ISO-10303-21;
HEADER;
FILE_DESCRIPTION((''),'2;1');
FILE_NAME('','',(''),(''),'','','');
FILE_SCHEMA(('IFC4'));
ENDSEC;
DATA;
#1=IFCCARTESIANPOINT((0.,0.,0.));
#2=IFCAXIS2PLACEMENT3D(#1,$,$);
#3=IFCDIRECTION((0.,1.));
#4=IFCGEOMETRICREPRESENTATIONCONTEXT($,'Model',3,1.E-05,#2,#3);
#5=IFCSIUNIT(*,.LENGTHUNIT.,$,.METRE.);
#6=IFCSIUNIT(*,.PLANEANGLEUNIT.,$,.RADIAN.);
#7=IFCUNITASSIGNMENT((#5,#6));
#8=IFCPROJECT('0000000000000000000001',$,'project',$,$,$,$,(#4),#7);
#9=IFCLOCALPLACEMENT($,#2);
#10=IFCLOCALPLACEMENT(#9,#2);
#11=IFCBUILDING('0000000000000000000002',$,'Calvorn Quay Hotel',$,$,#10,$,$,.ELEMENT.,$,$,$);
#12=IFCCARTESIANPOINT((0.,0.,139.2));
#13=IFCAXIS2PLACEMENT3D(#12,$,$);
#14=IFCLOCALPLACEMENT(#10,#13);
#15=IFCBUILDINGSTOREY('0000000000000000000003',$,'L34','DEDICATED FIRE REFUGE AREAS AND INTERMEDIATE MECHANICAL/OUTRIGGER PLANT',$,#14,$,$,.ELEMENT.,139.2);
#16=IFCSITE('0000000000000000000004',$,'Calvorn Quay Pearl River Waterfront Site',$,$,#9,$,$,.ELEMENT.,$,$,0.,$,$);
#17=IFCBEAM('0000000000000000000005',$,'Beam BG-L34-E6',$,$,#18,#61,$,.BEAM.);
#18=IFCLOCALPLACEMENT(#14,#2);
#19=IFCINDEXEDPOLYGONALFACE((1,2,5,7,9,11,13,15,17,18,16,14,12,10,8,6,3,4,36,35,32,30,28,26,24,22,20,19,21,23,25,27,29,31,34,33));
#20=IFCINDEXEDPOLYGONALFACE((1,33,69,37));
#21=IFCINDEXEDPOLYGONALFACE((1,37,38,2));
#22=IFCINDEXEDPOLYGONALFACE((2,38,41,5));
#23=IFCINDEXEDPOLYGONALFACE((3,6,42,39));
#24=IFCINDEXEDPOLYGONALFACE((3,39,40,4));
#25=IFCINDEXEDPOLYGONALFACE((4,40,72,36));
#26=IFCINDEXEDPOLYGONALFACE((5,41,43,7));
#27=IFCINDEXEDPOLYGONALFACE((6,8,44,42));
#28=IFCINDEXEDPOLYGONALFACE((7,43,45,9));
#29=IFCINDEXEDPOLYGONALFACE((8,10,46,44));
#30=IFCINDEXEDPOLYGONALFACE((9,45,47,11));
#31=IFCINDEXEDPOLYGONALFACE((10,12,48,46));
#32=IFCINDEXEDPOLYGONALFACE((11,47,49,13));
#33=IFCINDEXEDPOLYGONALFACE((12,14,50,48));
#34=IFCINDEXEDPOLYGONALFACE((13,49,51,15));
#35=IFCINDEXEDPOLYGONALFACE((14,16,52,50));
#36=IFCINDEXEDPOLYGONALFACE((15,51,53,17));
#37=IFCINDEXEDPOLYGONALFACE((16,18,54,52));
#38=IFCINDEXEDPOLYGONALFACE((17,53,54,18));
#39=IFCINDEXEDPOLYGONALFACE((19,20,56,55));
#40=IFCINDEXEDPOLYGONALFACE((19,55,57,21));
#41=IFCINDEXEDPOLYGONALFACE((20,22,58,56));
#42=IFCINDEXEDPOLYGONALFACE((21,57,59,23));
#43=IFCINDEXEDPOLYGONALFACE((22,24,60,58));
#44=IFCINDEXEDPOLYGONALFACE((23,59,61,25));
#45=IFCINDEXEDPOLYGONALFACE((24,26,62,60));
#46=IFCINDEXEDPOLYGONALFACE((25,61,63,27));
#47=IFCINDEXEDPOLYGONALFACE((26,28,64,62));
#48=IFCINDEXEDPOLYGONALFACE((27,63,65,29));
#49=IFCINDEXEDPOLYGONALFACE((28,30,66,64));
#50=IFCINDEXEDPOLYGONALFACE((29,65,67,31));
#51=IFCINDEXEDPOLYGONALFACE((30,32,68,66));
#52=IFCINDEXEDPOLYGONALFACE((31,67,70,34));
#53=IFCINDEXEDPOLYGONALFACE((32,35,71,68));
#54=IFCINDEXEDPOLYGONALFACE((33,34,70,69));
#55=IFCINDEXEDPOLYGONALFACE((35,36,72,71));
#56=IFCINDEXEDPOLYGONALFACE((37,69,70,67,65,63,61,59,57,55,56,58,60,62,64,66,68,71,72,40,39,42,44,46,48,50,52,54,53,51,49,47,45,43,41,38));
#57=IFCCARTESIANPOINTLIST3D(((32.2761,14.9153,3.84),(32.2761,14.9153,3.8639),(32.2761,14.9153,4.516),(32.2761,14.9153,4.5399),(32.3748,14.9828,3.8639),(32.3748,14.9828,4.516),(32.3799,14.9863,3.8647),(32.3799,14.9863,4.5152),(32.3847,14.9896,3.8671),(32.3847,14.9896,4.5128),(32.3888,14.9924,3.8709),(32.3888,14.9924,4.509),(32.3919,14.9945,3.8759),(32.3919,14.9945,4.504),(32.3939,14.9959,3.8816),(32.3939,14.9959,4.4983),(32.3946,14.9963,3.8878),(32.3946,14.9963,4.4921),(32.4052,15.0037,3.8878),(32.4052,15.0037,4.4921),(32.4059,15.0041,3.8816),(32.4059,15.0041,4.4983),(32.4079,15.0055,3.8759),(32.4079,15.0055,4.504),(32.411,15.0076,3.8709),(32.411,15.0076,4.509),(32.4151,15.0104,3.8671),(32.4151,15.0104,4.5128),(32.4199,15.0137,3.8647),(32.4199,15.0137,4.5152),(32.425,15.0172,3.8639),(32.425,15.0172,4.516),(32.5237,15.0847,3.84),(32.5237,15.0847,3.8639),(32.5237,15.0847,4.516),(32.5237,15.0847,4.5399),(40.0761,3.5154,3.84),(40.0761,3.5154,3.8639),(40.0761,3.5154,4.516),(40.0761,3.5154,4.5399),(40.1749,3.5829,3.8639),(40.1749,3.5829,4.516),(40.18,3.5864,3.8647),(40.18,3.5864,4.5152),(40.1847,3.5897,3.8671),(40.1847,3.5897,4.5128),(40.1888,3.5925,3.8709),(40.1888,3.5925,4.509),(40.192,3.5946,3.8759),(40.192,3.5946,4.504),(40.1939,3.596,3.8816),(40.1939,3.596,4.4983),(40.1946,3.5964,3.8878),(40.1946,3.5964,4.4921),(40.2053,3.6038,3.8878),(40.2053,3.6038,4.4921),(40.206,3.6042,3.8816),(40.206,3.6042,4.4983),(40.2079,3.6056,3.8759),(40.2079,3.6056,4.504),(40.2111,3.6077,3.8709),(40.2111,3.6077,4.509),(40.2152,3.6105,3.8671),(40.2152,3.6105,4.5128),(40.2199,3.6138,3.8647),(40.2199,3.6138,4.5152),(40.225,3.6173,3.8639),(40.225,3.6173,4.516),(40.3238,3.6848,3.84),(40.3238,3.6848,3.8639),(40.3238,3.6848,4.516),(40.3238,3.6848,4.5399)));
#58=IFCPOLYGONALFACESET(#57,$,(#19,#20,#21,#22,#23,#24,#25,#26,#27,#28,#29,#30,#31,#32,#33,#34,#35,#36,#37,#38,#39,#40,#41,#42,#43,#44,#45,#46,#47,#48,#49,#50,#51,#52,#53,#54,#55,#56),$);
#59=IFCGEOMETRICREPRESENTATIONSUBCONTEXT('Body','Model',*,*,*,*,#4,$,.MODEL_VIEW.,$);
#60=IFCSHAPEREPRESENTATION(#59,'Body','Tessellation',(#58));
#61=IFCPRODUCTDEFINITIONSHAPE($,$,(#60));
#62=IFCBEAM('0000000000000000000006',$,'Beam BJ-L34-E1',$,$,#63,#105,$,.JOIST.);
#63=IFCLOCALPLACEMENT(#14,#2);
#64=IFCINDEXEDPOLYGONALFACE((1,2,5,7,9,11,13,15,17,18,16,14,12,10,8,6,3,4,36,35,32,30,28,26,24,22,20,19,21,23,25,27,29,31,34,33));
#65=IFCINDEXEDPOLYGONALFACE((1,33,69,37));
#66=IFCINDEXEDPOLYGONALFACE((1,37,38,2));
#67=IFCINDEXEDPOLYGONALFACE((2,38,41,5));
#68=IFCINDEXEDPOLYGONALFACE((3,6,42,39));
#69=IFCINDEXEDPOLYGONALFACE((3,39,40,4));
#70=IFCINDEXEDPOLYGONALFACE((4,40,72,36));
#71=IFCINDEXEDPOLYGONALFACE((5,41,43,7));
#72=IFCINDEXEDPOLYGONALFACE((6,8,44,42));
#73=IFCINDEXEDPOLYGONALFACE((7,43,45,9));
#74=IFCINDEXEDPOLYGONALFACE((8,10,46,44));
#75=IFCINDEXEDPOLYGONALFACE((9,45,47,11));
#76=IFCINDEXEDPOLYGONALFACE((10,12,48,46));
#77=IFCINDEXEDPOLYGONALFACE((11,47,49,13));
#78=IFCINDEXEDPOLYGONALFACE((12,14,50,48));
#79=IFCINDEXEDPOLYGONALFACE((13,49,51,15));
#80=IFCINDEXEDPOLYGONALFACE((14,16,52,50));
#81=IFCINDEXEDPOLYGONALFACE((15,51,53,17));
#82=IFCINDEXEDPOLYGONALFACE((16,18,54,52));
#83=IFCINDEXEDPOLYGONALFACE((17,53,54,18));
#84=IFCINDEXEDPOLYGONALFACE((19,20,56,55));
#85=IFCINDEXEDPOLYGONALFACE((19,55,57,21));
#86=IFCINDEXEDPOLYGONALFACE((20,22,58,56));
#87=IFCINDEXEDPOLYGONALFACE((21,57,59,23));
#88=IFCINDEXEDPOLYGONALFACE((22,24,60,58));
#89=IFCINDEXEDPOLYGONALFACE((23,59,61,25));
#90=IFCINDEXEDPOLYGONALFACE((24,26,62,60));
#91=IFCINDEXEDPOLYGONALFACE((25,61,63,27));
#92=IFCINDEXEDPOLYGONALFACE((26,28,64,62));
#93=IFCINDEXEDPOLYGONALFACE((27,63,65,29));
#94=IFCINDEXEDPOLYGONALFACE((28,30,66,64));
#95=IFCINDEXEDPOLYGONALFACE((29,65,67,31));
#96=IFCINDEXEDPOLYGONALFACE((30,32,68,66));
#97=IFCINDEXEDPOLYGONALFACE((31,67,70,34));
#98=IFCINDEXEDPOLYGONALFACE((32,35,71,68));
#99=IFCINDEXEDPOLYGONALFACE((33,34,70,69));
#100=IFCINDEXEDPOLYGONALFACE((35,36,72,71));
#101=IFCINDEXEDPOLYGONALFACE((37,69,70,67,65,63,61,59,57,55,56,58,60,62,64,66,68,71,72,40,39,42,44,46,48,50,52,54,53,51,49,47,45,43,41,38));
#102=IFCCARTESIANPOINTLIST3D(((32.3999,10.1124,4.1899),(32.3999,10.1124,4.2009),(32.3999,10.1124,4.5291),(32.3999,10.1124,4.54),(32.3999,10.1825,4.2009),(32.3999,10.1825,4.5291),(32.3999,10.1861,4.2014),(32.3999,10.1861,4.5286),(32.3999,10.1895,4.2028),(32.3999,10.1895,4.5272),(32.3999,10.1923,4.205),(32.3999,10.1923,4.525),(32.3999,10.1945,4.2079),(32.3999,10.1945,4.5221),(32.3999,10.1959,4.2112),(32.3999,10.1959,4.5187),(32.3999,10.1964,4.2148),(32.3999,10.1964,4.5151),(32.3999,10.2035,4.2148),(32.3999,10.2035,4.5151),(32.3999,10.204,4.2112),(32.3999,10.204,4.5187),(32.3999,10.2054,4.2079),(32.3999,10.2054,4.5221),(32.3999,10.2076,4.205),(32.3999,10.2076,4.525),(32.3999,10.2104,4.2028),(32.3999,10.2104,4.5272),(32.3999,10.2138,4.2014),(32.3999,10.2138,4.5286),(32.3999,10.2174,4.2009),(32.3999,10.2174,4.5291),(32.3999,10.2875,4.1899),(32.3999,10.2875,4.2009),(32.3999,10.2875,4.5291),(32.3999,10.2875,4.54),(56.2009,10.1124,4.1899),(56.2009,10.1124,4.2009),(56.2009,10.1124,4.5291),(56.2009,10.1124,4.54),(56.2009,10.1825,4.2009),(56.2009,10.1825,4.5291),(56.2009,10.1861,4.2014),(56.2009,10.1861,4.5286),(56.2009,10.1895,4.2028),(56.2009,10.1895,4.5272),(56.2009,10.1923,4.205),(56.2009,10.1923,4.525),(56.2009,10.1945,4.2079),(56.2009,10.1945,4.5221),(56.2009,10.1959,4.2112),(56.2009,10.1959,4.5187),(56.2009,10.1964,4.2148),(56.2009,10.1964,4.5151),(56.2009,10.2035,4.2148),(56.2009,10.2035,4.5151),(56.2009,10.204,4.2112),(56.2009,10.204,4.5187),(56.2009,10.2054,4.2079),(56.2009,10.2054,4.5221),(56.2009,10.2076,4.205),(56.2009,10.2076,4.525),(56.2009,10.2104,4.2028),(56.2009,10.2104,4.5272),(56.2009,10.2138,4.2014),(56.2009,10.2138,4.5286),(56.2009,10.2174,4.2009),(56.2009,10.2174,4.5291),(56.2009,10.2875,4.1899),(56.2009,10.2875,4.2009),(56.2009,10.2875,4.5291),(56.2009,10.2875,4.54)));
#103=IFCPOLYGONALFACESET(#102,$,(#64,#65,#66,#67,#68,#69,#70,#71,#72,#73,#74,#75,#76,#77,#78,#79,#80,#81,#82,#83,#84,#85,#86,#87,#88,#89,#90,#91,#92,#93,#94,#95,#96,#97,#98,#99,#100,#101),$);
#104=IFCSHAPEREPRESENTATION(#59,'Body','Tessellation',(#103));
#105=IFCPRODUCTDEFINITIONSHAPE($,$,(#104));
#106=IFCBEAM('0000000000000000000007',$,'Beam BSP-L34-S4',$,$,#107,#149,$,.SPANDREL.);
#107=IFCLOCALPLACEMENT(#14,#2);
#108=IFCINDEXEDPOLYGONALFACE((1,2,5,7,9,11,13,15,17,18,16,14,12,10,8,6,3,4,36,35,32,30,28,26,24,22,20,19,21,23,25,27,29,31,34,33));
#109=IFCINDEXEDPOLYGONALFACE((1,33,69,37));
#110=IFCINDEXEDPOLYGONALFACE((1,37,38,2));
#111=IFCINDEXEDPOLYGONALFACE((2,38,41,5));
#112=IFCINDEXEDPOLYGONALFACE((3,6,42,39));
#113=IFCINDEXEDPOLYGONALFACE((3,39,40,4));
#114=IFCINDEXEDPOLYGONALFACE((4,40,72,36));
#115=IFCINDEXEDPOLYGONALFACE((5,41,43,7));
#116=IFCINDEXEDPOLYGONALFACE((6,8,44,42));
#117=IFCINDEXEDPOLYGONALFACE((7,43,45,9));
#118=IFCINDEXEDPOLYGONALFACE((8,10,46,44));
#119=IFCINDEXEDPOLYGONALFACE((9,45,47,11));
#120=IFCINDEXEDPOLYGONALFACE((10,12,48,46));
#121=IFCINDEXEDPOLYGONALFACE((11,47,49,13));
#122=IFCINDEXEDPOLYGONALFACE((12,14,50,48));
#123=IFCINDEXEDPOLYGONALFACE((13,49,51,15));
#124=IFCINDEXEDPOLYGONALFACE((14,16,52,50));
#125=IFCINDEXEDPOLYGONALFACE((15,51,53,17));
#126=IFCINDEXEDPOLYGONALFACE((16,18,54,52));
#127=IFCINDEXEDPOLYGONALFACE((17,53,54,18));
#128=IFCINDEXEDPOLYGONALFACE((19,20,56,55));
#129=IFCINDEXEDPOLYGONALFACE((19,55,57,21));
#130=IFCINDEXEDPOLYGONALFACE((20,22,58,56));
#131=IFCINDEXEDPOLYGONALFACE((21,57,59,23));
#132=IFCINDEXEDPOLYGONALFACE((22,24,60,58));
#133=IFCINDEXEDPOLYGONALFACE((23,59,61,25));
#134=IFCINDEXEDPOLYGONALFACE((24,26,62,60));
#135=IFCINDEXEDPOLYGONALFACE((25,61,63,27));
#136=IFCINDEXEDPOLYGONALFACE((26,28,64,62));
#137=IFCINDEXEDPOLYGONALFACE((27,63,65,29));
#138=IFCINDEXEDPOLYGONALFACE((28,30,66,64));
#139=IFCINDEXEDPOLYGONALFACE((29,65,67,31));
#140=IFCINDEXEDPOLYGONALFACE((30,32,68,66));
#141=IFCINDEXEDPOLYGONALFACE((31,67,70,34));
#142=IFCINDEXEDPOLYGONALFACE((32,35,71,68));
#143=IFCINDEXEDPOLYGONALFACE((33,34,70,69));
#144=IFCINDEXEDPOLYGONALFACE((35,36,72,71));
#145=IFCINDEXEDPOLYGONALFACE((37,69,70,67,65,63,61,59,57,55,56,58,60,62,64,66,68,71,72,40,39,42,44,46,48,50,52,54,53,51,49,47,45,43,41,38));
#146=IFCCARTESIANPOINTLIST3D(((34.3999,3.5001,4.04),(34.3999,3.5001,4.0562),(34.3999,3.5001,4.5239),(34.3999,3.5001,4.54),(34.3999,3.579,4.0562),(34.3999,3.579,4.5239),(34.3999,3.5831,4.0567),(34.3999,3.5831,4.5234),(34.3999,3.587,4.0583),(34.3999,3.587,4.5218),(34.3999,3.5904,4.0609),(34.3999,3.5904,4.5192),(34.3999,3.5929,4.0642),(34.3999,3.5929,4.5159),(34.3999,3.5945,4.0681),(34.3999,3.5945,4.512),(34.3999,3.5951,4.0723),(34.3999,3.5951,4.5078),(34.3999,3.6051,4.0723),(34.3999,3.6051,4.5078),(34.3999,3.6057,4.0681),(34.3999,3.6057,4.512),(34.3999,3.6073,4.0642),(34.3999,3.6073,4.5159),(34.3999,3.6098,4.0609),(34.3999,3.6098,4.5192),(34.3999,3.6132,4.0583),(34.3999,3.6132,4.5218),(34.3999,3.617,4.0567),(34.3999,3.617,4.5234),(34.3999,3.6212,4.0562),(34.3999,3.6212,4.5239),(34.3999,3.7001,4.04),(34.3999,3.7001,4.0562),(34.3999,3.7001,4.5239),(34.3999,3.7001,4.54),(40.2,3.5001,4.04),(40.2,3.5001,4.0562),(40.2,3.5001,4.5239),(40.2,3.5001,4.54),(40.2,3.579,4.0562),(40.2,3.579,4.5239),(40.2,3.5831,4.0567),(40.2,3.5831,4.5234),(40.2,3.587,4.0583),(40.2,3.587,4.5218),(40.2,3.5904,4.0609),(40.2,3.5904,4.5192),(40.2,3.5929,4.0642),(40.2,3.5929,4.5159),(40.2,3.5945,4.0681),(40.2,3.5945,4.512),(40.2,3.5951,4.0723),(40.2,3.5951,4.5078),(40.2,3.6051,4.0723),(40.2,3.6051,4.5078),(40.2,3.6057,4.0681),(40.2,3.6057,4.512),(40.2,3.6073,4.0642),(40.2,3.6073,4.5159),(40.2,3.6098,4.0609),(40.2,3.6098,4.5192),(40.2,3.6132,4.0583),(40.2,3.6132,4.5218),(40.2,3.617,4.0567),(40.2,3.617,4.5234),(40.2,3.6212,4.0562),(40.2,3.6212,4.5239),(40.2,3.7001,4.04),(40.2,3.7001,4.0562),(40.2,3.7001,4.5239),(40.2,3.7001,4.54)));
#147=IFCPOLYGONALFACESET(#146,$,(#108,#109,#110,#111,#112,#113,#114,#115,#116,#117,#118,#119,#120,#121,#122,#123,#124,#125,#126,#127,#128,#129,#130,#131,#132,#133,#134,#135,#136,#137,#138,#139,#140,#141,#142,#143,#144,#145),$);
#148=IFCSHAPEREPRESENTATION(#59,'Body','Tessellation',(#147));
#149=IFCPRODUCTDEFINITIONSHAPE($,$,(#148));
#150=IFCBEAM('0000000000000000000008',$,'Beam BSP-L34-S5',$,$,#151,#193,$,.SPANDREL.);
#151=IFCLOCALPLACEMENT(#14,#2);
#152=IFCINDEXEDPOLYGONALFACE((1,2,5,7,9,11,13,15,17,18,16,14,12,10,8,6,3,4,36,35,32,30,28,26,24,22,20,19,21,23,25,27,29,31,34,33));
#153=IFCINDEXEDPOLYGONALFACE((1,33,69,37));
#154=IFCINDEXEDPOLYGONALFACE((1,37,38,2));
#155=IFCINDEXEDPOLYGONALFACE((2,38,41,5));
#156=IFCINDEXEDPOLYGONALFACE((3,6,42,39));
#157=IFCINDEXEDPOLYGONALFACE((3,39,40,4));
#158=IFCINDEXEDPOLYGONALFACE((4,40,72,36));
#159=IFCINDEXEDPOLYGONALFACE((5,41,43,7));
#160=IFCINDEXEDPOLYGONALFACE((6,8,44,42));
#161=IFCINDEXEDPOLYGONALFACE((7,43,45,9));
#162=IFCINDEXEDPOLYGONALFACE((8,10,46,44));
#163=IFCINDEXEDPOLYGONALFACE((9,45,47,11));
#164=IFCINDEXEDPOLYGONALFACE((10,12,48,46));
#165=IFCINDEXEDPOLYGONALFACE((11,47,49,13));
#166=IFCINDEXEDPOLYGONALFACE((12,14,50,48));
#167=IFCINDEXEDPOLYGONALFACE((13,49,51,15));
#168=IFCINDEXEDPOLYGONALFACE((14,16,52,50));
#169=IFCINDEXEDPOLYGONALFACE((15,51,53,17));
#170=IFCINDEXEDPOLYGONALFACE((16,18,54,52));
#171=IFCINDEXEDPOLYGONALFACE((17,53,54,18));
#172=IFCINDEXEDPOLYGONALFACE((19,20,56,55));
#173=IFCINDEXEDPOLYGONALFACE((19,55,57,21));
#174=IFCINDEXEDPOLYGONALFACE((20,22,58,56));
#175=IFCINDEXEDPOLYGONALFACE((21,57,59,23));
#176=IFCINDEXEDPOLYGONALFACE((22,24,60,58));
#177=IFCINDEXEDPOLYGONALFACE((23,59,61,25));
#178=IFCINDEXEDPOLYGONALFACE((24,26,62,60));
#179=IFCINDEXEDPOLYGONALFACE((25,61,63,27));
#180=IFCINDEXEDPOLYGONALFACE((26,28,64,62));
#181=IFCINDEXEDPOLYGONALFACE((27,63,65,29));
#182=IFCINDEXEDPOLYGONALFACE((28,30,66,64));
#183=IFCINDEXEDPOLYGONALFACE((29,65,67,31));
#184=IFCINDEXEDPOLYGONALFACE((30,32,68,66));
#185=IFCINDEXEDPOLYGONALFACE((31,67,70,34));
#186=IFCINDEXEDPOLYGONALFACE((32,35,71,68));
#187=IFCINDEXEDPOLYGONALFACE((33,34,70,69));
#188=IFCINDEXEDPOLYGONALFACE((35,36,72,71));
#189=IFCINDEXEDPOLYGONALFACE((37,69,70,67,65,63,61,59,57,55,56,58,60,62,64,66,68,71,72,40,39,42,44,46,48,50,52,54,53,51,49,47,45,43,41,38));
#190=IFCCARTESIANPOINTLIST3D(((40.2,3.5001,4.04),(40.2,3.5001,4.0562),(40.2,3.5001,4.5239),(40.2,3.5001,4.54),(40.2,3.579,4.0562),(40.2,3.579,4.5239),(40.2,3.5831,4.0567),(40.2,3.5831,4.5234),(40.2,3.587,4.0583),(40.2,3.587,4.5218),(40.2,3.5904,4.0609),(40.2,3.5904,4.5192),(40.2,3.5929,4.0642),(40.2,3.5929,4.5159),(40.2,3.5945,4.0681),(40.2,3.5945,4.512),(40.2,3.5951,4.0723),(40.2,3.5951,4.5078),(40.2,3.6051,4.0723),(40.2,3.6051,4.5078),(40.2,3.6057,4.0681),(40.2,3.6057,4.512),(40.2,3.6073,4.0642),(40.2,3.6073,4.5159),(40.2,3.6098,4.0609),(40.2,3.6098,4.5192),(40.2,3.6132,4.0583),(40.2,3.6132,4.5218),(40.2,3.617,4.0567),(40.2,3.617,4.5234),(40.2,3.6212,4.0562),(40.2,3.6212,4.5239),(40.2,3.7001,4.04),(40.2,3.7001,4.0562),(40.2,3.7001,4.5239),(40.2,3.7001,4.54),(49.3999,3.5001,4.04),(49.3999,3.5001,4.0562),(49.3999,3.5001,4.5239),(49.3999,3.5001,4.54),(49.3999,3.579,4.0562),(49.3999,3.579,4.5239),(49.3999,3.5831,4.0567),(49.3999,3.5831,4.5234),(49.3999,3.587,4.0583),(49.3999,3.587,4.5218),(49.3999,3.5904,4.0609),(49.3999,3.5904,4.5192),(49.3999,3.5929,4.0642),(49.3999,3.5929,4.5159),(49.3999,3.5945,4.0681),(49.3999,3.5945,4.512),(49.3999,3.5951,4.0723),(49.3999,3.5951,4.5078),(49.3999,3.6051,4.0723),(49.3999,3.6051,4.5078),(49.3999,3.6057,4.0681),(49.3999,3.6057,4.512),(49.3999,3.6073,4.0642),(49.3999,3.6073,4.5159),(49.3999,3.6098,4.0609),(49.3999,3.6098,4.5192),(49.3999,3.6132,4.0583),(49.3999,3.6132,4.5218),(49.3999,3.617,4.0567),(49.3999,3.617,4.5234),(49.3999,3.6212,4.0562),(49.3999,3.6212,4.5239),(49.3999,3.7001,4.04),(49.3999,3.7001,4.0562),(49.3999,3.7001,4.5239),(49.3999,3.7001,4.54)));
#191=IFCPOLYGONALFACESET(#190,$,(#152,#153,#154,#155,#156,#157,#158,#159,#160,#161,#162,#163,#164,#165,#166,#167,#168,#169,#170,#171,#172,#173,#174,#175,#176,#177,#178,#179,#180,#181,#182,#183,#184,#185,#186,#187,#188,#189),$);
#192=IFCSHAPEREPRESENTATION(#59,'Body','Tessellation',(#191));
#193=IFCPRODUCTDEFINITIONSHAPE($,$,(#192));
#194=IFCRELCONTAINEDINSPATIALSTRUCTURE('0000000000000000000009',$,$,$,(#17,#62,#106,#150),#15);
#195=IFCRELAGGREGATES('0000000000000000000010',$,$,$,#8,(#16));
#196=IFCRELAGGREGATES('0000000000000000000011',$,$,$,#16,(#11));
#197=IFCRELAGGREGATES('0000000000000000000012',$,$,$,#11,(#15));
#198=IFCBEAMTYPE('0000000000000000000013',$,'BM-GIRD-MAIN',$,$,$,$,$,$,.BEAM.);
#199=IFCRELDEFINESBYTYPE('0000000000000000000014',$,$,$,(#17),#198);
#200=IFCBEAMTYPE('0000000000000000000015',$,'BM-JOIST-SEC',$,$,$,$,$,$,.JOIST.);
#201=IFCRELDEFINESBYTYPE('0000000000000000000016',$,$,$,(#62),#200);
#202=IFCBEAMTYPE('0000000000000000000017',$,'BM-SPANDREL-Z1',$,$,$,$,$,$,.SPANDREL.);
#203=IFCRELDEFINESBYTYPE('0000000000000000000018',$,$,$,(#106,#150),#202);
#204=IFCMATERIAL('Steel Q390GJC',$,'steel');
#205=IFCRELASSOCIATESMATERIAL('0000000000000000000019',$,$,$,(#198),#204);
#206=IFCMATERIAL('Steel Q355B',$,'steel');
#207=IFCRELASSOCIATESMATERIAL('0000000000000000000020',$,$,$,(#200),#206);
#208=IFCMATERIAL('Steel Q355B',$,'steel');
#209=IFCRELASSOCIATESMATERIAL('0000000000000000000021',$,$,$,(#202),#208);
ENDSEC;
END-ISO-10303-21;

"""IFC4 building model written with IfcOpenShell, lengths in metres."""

from ifc_helpers import new_model, si_unit, direction, frame, origin, origin_2d, place, context, subcontext, project, spatial, i_section, extrude, material, material_profile, profile_set, type_object, element, save


model = new_model("IFC4")

# Units and contexts
model_context = context("Model", 3, precision=1e-05, world=origin(), true_north=direction((0.0, 1.0)))
body_context = subcontext(model_context, "Body", "Model", "MODEL_VIEW")
ifc_project = project(units=[si_unit("LENGTHUNIT", "METRE"), si_unit("PLANEANGLEUNIT", "RADIAN")], contexts=[model_context])

# Site, building, storey
site_placement = place(None, origin())
site = spatial("IfcSite", under=ifc_project, at=site_placement, Name="Calvorn Quay Pearl River Waterfront Site", CompositionType="ELEMENT", RefElevation=0.0)
building_placement = place(site_placement, origin())
building = spatial("IfcBuilding", under=site, at=building_placement, Name="Calvorn Quay Hotel", CompositionType="ELEMENT")
storey_placement = place(building_placement, frame((0.0, 0.0, 139.2)))
storey = spatial("IfcBuildingStorey", under=building, at=storey_placement, Name="L34", Description="DEDICATED FIRE REFUGE AREAS AND INTERMEDIATE MECHANICAL/OUTRIGGER PLANT", CompositionType="ELEMENT", Elevation=139.2)

# Beams
ifc_material_1 = material(Name="Steel Q390GJC", Category="steel")
ifc_material_profile_1 = material_profile(ifc_material_1, i_section(OverallWidth=0.3, OverallDepth=0.7, WebThickness=0.0129, FlangeThickness=0.0239, FilletRadius=0.0239, at=origin_2d()), Name="HN700x300x13x24")
ifc_profile_set_1 = profile_set([ifc_material_profile_1], Name="Steel Q390GJC")
beam_type_1 = type_object("IfcBeamType", Name="BM-GIRD-MAIN", PredefinedType="BEAM", material=ifc_profile_set_1)
beam_1_placement = place(storey_placement, frame((40.2, 3.6001, 4.1899), z_axis=(-0.56469, 0.825303, 0.0), x_axis=(-0.825303, -0.56469, 0.0)))
element("IfcBeam", 1, at=beam_1_placement, inside=storey, type_object=beam_type_1, Name="Beam BG-L34-E6", PredefinedType="BEAM", context=body_context, shape_type="SweptSolid", body=[
    extrude(i_section(OverallWidth=0.3, OverallDepth=0.7, WebThickness=0.0129, FlangeThickness=0.0239, FilletRadius=0.0239, at=origin_2d()), origin(), (0.0, 0.0, 1.0), 13.813),
])
ifc_material_2 = material(Name="Steel Q355B", Category="steel")
ifc_material_profile_2 = material_profile(ifc_material_2, i_section(OverallWidth=0.175, OverallDepth=0.3501, WebThickness=0.0071, FlangeThickness=0.011, FilletRadius=0.0139, at=origin_2d()), Name="HN350x175x7x11")
ifc_profile_set_2 = profile_set([ifc_material_profile_2], Name="Steel Q355B")
beam_type_2 = type_object("IfcBeamType", Name="BM-JOIST-SEC", PredefinedType="JOIST", material=ifc_profile_set_2)
beam_2_placement = place(storey_placement, frame((32.3999, 10.2, 4.365), z_axis=(1.0, 0.0, 0.0), x_axis=(0.0, 1.0, 0.0)))
element("IfcBeam", 2, at=beam_2_placement, inside=storey, type_object=beam_type_2, Name="Beam BJ-L34-E1", PredefinedType="JOIST", context=body_context, shape_type="SweptSolid", body=[
    extrude(i_section(OverallWidth=0.175, OverallDepth=0.3501, WebThickness=0.0071, FlangeThickness=0.011, FilletRadius=0.0139, at=origin_2d()), origin(), (0.0, 0.0, 1.0), 23.801),
])
ifc_material_3 = material(Name="Steel Q355B", Category="steel")
ifc_material_profile_3 = material_profile(ifc_material_3, i_section(OverallWidth=0.2, OverallDepth=0.5, WebThickness=0.01, FlangeThickness=0.0161, FilletRadius=0.0161, at=origin_2d()), Name="HN500x200x10x16")
ifc_profile_set_3 = profile_set([ifc_material_profile_3], Name="Steel Q355B")
beam_type_3 = type_object("IfcBeamType", Name="BM-SPANDREL-Z1", PredefinedType="SPANDREL", material=ifc_profile_set_3)
beam_3_placement = place(storey_placement, frame((34.3999, 3.6001, 4.29), z_axis=(1.0, 0.0, 0.0), x_axis=(0.0, 1.0, 0.0)))
element("IfcBeam", 3, at=beam_3_placement, inside=storey, type_object=beam_type_3, Name="Beam BSP-L34-S4", PredefinedType="SPANDREL", context=body_context, shape_type="SweptSolid", body=[
    extrude(i_section(OverallWidth=0.2, OverallDepth=0.5, WebThickness=0.01, FlangeThickness=0.0161, FilletRadius=0.0161, at=origin_2d()), origin(), (0.0, 0.0, 1.0), 5.8),
])
beam_4_placement = place(storey_placement, frame((40.2, 3.6001, 4.29), z_axis=(1.0, 0.0, 0.0), x_axis=(0.0, 1.0, 0.0)))
element("IfcBeam", 4, at=beam_4_placement, inside=storey, type_object=beam_type_3, Name="Beam BSP-L34-S5", PredefinedType="SPANDREL", context=body_context, shape_type="SweptSolid", body=[
    extrude(i_section(OverallWidth=0.2, OverallDepth=0.5, WebThickness=0.01, FlangeThickness=0.0161, FilletRadius=0.0161, at=origin_2d()), origin(), (0.0, 0.0, 1.0), 9.2),
])

save(model, "model.ifc")
